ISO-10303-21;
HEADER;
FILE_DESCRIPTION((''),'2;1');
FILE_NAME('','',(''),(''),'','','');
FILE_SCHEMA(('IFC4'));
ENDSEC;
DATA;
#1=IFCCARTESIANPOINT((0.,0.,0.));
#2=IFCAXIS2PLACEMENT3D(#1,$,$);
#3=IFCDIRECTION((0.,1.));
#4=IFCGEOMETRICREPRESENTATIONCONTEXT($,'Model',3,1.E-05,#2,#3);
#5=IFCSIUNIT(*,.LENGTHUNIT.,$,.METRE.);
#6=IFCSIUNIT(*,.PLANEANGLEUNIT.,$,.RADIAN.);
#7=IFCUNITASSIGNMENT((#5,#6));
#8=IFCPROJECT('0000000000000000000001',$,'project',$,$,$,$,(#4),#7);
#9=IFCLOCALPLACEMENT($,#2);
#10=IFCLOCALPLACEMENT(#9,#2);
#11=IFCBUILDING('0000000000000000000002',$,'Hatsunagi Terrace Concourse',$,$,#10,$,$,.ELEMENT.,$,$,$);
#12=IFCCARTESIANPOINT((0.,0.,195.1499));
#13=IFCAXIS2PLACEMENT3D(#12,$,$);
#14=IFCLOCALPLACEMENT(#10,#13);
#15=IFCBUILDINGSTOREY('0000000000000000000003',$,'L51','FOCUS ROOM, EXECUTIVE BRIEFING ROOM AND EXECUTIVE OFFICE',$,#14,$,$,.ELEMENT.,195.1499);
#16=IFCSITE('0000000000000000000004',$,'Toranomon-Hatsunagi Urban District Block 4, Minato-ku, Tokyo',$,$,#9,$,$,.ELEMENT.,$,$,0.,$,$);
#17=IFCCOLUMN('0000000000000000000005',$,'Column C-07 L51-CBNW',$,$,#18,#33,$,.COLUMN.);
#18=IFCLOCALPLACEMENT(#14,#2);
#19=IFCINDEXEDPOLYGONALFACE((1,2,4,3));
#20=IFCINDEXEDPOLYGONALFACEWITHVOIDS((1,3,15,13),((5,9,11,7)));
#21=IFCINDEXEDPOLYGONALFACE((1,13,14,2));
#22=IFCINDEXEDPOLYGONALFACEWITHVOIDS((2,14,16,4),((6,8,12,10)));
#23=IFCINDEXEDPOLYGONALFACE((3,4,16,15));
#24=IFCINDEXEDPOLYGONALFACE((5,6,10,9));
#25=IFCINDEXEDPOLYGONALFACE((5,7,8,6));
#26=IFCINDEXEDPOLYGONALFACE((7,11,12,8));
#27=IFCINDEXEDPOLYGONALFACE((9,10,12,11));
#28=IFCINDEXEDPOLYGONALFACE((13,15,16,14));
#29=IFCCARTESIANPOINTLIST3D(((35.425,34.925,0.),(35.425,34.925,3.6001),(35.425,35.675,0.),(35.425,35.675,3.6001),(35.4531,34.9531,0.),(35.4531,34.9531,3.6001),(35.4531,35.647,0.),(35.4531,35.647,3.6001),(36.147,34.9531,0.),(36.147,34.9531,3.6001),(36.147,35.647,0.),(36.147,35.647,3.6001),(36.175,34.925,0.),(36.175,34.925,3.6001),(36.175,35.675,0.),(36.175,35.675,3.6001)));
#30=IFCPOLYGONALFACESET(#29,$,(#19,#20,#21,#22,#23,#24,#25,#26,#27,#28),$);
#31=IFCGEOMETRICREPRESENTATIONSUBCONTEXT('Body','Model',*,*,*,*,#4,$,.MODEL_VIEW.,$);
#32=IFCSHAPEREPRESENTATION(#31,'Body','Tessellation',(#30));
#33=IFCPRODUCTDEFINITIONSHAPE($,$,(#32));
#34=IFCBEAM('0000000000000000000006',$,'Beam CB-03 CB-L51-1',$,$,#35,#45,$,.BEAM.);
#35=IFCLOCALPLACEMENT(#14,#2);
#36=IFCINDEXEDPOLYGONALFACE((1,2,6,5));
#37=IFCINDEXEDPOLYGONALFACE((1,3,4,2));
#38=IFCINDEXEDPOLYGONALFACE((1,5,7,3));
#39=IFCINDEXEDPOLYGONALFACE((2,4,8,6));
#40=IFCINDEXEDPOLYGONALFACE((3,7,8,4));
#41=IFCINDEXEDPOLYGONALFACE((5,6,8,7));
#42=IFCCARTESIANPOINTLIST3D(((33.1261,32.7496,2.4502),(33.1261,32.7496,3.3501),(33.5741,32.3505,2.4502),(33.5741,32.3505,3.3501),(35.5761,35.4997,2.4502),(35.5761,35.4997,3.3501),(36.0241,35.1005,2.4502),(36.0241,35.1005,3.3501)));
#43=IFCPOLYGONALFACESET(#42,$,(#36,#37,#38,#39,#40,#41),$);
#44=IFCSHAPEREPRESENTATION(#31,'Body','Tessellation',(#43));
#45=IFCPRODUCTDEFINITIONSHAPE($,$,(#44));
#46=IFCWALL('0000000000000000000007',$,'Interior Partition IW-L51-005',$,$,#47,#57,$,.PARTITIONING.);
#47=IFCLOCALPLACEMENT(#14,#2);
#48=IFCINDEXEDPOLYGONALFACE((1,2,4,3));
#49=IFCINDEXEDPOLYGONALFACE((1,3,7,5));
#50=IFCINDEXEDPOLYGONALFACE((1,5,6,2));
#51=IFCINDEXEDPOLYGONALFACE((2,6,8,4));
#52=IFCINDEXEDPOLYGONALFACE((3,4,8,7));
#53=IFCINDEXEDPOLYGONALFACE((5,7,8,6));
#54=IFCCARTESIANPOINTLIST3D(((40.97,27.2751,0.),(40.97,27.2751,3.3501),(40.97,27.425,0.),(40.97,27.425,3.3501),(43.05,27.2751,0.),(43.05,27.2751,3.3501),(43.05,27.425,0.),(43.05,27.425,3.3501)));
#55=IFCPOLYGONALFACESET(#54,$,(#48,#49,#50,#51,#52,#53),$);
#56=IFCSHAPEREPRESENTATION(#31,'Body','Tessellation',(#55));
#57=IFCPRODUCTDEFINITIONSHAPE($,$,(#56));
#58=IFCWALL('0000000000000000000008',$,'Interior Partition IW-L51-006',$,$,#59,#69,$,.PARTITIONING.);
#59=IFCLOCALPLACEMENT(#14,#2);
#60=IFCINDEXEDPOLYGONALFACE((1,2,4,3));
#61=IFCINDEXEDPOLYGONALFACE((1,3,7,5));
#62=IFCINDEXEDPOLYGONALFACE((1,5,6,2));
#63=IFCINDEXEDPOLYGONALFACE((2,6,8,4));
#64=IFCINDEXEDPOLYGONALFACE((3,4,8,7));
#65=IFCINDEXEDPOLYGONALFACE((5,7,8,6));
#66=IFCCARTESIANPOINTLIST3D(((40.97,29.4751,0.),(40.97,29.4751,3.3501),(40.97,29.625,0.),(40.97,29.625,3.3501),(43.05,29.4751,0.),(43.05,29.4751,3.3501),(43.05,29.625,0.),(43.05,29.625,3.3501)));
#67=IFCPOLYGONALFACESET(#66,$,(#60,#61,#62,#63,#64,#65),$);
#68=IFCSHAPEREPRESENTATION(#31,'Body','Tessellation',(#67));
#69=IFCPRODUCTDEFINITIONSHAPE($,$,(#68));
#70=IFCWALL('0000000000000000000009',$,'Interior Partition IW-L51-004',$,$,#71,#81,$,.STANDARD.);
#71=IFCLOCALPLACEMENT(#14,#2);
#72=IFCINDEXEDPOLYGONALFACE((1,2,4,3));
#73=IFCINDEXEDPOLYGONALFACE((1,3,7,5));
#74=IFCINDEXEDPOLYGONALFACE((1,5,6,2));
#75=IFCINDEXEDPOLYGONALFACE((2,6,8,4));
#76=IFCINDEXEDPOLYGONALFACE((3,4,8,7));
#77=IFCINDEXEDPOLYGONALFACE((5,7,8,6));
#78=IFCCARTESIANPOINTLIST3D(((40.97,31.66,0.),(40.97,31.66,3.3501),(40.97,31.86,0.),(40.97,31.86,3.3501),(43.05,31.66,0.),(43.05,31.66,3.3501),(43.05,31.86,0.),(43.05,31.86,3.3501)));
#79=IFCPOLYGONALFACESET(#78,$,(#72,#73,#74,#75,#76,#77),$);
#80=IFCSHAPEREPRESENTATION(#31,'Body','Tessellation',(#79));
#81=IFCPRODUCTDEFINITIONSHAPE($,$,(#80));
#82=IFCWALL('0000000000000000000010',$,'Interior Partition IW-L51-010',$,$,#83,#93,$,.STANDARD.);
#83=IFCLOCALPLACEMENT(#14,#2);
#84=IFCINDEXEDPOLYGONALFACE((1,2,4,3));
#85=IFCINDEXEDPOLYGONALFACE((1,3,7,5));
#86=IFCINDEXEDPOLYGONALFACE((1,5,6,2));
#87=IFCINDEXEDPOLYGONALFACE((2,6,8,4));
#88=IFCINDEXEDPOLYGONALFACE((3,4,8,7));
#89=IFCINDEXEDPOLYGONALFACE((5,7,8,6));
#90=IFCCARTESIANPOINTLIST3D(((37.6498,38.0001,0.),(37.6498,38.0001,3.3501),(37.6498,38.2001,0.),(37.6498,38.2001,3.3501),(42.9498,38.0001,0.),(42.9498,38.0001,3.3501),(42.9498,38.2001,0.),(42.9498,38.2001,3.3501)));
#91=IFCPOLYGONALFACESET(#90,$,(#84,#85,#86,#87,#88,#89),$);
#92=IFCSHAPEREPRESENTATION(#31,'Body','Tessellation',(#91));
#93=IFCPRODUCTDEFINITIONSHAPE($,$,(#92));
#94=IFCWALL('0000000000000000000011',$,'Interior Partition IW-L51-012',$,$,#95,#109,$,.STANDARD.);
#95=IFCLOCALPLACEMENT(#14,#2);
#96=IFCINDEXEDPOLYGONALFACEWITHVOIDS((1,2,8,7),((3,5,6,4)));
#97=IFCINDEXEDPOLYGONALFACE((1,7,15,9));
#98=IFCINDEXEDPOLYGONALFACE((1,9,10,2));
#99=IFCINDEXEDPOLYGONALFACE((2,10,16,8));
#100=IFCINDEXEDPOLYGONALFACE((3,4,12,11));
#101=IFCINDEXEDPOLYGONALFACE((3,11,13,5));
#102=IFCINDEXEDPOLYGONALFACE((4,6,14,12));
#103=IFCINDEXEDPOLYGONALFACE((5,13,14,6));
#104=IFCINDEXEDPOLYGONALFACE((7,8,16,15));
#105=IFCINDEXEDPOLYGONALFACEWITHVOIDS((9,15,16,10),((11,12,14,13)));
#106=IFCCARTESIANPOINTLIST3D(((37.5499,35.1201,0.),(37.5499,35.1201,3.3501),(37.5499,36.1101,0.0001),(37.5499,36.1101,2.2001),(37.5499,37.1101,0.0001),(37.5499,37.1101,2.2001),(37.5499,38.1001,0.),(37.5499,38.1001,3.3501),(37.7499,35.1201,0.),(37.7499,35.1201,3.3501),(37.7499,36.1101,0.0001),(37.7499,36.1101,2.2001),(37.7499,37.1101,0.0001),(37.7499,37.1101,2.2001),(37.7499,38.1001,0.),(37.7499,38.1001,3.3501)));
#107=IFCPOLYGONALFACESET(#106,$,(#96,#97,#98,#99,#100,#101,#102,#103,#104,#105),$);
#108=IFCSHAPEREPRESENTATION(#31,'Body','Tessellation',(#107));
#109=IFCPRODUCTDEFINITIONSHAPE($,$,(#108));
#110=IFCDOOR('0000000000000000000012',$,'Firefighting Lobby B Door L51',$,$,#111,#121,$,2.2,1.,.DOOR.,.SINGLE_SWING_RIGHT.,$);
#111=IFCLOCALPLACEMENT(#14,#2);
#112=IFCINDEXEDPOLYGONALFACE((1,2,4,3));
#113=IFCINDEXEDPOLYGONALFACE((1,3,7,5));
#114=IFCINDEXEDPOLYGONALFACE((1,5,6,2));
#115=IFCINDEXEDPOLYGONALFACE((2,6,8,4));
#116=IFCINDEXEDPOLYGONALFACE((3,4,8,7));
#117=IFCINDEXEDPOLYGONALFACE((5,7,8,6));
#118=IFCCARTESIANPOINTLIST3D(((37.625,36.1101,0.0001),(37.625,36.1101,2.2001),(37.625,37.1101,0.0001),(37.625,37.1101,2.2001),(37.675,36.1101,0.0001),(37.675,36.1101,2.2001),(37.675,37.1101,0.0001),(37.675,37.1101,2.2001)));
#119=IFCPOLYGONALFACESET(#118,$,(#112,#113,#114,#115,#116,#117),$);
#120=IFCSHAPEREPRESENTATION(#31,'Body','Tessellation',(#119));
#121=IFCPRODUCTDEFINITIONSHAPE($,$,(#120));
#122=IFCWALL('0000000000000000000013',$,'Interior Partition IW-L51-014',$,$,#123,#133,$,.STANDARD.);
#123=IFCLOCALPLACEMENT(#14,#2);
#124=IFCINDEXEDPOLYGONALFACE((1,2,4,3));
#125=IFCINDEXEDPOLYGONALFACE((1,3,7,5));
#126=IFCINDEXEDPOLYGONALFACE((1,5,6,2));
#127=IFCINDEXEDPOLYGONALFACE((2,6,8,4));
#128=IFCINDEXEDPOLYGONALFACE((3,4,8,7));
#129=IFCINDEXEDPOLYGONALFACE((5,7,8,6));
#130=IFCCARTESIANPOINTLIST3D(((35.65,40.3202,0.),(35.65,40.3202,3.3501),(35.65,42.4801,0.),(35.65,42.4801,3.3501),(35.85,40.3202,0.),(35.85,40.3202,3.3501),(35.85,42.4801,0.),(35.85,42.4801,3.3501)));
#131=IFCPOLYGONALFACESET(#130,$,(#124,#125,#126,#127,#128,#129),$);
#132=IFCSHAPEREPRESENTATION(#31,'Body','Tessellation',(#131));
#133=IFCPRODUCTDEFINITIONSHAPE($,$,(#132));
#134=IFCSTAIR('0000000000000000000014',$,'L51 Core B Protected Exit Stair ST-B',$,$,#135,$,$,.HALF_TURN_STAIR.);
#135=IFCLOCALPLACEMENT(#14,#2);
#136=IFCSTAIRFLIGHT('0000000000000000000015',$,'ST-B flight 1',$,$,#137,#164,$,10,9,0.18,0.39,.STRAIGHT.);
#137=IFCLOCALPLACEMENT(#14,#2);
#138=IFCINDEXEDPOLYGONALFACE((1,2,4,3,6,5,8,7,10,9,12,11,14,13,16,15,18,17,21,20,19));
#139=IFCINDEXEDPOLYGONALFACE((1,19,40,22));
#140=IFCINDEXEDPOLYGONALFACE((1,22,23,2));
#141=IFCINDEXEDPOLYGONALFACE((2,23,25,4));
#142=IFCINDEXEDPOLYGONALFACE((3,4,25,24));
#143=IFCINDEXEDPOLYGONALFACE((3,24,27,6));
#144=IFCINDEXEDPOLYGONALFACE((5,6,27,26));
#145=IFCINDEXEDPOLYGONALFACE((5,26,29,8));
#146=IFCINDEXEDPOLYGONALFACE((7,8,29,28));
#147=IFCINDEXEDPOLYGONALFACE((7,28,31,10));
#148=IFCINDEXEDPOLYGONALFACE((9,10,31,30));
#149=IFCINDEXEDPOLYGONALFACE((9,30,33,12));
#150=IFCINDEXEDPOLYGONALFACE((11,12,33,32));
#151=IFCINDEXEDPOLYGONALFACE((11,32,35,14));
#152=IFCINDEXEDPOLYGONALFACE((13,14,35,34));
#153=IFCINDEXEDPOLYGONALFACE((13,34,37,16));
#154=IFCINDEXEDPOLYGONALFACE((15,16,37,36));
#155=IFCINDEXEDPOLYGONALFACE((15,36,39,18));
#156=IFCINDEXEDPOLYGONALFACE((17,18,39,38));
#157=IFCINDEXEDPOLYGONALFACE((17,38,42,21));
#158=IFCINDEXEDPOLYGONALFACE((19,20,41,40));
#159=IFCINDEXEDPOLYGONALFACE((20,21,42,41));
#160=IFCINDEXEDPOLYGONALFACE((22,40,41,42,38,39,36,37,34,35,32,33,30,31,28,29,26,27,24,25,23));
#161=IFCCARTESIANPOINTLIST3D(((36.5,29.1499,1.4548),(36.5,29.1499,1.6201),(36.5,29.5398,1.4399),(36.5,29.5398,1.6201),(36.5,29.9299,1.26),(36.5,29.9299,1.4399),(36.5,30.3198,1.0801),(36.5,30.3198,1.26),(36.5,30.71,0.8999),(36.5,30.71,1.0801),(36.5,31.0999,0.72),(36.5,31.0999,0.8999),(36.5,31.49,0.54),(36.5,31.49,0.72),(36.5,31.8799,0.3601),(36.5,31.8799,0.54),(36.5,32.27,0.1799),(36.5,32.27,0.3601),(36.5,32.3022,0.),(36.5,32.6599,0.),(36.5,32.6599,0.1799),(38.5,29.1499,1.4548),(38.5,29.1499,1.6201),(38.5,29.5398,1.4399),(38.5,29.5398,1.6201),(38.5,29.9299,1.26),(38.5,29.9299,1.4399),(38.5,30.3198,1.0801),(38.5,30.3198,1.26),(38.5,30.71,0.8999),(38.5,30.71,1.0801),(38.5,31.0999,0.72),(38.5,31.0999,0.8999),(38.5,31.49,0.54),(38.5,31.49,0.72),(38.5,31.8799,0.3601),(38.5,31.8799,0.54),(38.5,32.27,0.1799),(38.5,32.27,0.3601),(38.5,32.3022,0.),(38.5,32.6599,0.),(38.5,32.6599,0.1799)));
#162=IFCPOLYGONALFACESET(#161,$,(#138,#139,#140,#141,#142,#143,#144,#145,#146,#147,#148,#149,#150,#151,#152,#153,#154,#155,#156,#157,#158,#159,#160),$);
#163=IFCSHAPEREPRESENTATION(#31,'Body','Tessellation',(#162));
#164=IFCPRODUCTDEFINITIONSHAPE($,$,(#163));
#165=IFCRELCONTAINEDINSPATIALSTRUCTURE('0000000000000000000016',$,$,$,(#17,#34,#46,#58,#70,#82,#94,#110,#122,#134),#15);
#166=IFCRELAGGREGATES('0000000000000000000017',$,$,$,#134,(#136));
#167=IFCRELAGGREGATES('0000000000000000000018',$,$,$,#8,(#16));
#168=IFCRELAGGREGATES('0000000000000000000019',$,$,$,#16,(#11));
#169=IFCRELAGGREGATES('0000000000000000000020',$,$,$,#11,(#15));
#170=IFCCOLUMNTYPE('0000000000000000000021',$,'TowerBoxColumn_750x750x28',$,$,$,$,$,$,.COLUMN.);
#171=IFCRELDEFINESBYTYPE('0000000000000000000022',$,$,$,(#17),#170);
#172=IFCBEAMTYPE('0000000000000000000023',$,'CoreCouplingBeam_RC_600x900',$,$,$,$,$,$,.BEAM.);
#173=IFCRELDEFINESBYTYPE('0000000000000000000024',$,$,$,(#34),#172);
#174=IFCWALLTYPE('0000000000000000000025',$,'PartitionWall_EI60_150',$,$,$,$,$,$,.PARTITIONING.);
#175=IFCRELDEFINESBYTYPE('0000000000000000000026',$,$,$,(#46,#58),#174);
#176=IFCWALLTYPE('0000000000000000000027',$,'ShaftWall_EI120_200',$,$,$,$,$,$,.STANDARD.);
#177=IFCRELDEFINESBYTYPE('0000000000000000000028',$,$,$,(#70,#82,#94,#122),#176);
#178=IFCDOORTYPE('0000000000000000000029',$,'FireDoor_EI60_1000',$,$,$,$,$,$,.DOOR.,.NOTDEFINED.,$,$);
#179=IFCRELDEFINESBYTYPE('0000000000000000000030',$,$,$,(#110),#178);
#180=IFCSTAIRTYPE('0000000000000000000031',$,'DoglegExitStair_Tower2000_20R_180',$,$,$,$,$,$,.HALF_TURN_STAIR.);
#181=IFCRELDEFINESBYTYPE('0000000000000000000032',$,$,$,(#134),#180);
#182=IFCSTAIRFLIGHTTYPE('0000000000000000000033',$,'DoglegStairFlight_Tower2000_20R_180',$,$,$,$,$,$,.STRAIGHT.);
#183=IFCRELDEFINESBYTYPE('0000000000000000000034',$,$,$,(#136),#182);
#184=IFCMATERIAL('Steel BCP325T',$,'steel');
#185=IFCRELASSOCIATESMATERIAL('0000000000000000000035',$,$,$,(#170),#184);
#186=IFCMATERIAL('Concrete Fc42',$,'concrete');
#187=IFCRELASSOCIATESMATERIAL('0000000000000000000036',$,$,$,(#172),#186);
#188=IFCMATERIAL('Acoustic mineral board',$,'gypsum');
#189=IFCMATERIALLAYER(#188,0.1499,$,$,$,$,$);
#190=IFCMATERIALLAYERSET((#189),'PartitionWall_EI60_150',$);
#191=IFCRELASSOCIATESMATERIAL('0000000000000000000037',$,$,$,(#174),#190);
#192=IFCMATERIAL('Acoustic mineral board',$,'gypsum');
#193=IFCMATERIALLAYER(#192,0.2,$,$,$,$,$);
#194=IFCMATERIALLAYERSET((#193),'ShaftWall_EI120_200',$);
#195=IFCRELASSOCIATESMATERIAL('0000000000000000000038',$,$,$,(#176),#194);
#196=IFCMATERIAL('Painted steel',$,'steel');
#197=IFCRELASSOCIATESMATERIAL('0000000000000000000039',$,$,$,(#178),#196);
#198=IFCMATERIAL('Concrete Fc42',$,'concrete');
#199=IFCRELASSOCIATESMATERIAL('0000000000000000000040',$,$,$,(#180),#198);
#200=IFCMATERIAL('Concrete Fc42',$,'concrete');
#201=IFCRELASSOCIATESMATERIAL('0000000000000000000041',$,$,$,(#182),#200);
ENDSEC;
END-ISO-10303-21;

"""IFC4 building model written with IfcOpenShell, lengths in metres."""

from ifc_helpers import new_model, si_unit, direction, frame, frame_2d, origin, origin_2d, place, context, subcontext, project, spatial, polyline, rectangle, hollow_rectangle, outline, extrude, material, layer, layer_set, material_profile, profile_set, type_object, element, fill, aggregate, save


model = new_model("IFC4")

# Units and contexts
model_context = context("Model", 3, precision=1e-05, world=origin(), true_north=direction((0.0, 1.0)))
body_context = subcontext(model_context, "Body", "Model", "MODEL_VIEW")
ifc_project = project(units=[si_unit("LENGTHUNIT", "METRE"), si_unit("PLANEANGLEUNIT", "RADIAN")], contexts=[model_context])

# Site, building, storey
site_placement = place(None, origin())
site = spatial("IfcSite", under=ifc_project, at=site_placement, Name="Toranomon-Hatsunagi Urban District Block 4, Minato-ku, Tokyo", CompositionType="ELEMENT", RefElevation=0.0)
building_placement = place(site_placement, origin())
building = spatial("IfcBuilding", under=site, at=building_placement, Name="Hatsunagi Terrace Concourse", CompositionType="ELEMENT")
storey_placement = place(building_placement, frame((0.0, 0.0, 195.1499)))
storey = spatial("IfcBuildingStorey", under=building, at=storey_placement, Name="L51", Description="FOCUS ROOM, EXECUTIVE BRIEFING ROOM AND EXECUTIVE OFFICE", CompositionType="ELEMENT", Elevation=195.1499)

# Column
ifc_material_1 = material(Name="Steel BCP325T", Category="steel")
ifc_material_profile_1 = material_profile(ifc_material_1, hollow_rectangle(XDim=0.75, YDim=0.75, WallThickness=0.0281, at=origin_2d()), Name="BCP-750x750x28")
ifc_profile_set_1 = profile_set([ifc_material_profile_1], Name="Steel BCP325T")
column_type = type_object("IfcColumnType", Name="TowerBoxColumn_750x750x28", PredefinedType="COLUMN", material=ifc_profile_set_1)
column_placement = place(storey_placement, frame((35.8, 35.3, 0.0), z_axis=(0.0, 0.0, 1.0), x_axis=(1.0, 0.0, 0.0)))
element("IfcColumn", 1, at=column_placement, inside=storey, type_object=column_type, Name="Column C-07 L51-CBNW", PredefinedType="COLUMN", context=body_context, shape_type="SweptSolid", body=[
    extrude(hollow_rectangle(XDim=0.75, YDim=0.75, WallThickness=0.0281, at=origin_2d()), origin(), (0.0, 0.0, 1.0), 3.6001),
])

# Beam
ifc_material_2 = material(Name="Concrete Fc42", Category="concrete")
ifc_material_profile_2 = material_profile(ifc_material_2, rectangle(XDim=0.6001, YDim=0.8999, at=origin_2d()), Name="RC-600x900")
ifc_profile_set_2 = profile_set([ifc_material_profile_2], Name="Concrete Fc42")
beam_type = type_object("IfcBeamType", Name="CoreCouplingBeam_RC_600x900", PredefinedType="BEAM", material=ifc_profile_set_2)
beam_placement = place(storey_placement, frame((33.3501, 32.55, 2.9001), z_axis=(0.665199, 0.746666, 0.0), x_axis=(-0.746666, 0.665199, 0.0)))
element("IfcBeam", 2, at=beam_placement, inside=storey, type_object=beam_type, Name="Beam CB-03 CB-L51-1", PredefinedType="BEAM", context=body_context, shape_type="SweptSolid", body=[
    extrude(rectangle(XDim=0.6001, YDim=0.8999, at=origin_2d()), origin(), (0.0, 0.0, 1.0), 3.6831),
])

# Walls
ifc_material_3 = material(Name="Acoustic mineral board", Category="gypsum")
ifc_layer_1 = layer(ifc_material_3, 0.1499)
ifc_layer_set_1 = layer_set([ifc_layer_1], Name="PartitionWall_EI60_150")
wall_type_1 = type_object("IfcWallType", Name="PartitionWall_EI60_150", PredefinedType="PARTITIONING", material=ifc_layer_set_1)
for number, where, z_axis, x_axis, name in (
    (3, (40.97, 27.3501, 0.0), (0.0, 0.0, 1.0), (1.0, 0.0, 0.0), "Interior Partition IW-L51-005"),
    (4, (40.97, 29.55, 0.0), (0.0, 0.0, 1.0), (1.0, 0.0, 0.0), "Interior Partition IW-L51-006"),
):
    element("IfcWall", number, at=place(storey_placement, frame(where, z_axis=z_axis, x_axis=x_axis)), inside=storey, type_object=wall_type_1, Name=name, PredefinedType="PARTITIONING", context=body_context, shape_type="SweptSolid", body=[
        extrude(rectangle(XDim=2.0801, YDim=0.1499, at=frame_2d((1.04, 0.0))), origin(), (0.0, 0.0, 1.0), 3.3501),
    ])
ifc_material_4 = material(Name="Acoustic mineral board", Category="gypsum")
ifc_layer_2 = layer(ifc_material_4, 0.2)
ifc_layer_set_2 = layer_set([ifc_layer_2], Name="ShaftWall_EI120_200")
wall_type_2 = type_object("IfcWallType", Name="ShaftWall_EI120_200", PredefinedType="STANDARD", material=ifc_layer_set_2)
wall_1_placement = place(storey_placement, frame((40.97, 31.76, 0.0), z_axis=(0.0, 0.0, 1.0), x_axis=(1.0, 0.0, 0.0)))
element("IfcWall", 5, at=wall_1_placement, inside=storey, type_object=wall_type_2, Name="Interior Partition IW-L51-004", PredefinedType="STANDARD", context=body_context, shape_type="SweptSolid", body=[
    extrude(rectangle(XDim=2.0801, YDim=0.2, at=frame_2d((1.04, 0.0))), origin(), (0.0, 0.0, 1.0), 3.3501),
])
wall_2_placement = place(storey_placement, frame((37.6499, 38.1001, 0.0), z_axis=(0.0, 0.0, 1.0), x_axis=(1.0, 0.0, 0.0)))
element("IfcWall", 6, at=wall_2_placement, inside=storey, type_object=wall_type_2, Name="Interior Partition IW-L51-010", PredefinedType="STANDARD", context=body_context, shape_type="SweptSolid", body=[
    extrude(rectangle(XDim=5.3, YDim=0.2, at=frame_2d((2.6499, 0.0))), origin(), (0.0, 0.0, 1.0), 3.3501),
])

# Wall, opening, door
wall_3_placement = place(storey_placement, frame((37.6499, 35.1201, 0.0), z_axis=(0.0, 0.0, 1.0), x_axis=(0.0, 1.0, 0.0)))
wall_3 = element("IfcWall", 7, at=wall_3_placement, inside=storey, type_object=wall_type_2, Name="Interior Partition IW-L51-012", PredefinedType="STANDARD", context=body_context, shape_type="SweptSolid", body=[
    extrude(rectangle(XDim=2.98, YDim=0.2, at=frame_2d((1.49, 0.0))), origin(), (0.0, 0.0, 1.0), 3.3501),
])
opening_1_placement = place(wall_3_placement, frame((0.99, 0.0, 0.0)))
opening_1 = element("IfcOpeningElement", 8, at=opening_1_placement, cuts=wall_3, PredefinedType="OPENING", context=body_context, shape_type="SweptSolid", body=[
    extrude(rectangle(XDim=1.0, YDim=2.2, at=frame_2d((0.5, 1.1001))), frame((0.0, 0.1099, 0.0), z_axis=(0.0, -1.0, 0.0), x_axis=(1.0, 0.0, 0.0)), (0.0, 0.0, 1.0), 0.22),
])
ifc_material_5 = material(Name="Painted steel", Category="steel")
door_type_1 = type_object("IfcDoorType", Name="FireDoor_EI60_1000", OperationType="NOTDEFINED", PredefinedType="DOOR", material=ifc_material_5)
door_1_placement = place(opening_1_placement, origin())
door_1 = element("IfcDoor", 9, at=door_1_placement, inside=storey, type_object=door_type_1, Name="Firefighting Lobby B Door L51", OperationType="SINGLE_SWING_RIGHT", OverallHeight=2.2, OverallWidth=1.0, PredefinedType="DOOR", context=body_context, shape_type="SweptSolid", body=[
    extrude(rectangle(XDim=1.0, YDim=2.2, at=frame_2d((0.5, 1.1001))), frame((0.0, 0.0249, 0.0), z_axis=(0.0, -1.0, 0.0), x_axis=(1.0, 0.0, 0.0)), (0.0, 0.0, 1.0), 0.05),
])
fill(opening_1, door_1)

# Wall
wall_4_placement = place(storey_placement, frame((35.75, 40.3201, 0.0), z_axis=(0.0, 0.0, 1.0), x_axis=(0.0, 1.0, 0.0)))
element("IfcWall", 10, at=wall_4_placement, inside=storey, type_object=wall_type_2, Name="Interior Partition IW-L51-014", PredefinedType="STANDARD", context=body_context, shape_type="SweptSolid", body=[
    extrude(rectangle(XDim=2.1599, YDim=0.2, at=frame_2d((1.0801, 0.0))), origin(), (0.0, 0.0, 1.0), 3.3501),
])

# Stair, stair flight
ifc_material_6 = material(Name="Concrete Fc42", Category="concrete")
stair_type = type_object("IfcStairType", Name="DoglegExitStair_Tower2000_20R_180", PredefinedType="HALF_TURN_STAIR", material=ifc_material_6)
stair_placement = place(storey_placement, origin())
stair = element("IfcStair", 11, at=stair_placement, inside=storey, type_object=stair_type, Name="L51 Core B Protected Exit Stair ST-B", PredefinedType="HALF_TURN_STAIR")
ifc_material_7 = material(Name="Concrete Fc42", Category="concrete")
stair_flight_type = type_object("IfcStairFlightType", Name="DoglegStairFlight_Tower2000_20R_180", PredefinedType="STRAIGHT", material=ifc_material_7)
stair_flight_1_placement = place(storey_placement, frame((37.5, 32.6599, 0.0), z_axis=(0.0, 0.0, 1.0), x_axis=(0.0, -1.0, 0.0)))
stair_flight_1 = element("IfcStairFlight", 12, at=stair_flight_1_placement, type_object=stair_flight_type, Name="ST-B flight 1", NumberOfRisers=10, NumberOfTreads=9, PredefinedType="STRAIGHT", RiserHeight=0.18, TreadLength=0.39, context=body_context, shape_type="SweptSolid", body=[
    extrude(outline(polyline([(0.0, 0.0), (0.0, 0.1799), (0.3899, 0.1799), (0.3899, 0.3601), (0.78, 0.3601), (0.78, 0.54), (1.1699, 0.54), (1.1699, 0.72), (1.5601, 0.72), (1.5601, 0.8999), (1.95, 0.8999), (1.95, 1.0801), (2.3401, 1.0801), (2.3401, 1.26), (2.73, 1.26), (2.73, 1.4399), (3.1201, 1.4399), (3.1201, 1.6201), (3.51, 1.6201), (3.51, 1.8), (3.51, 1.4548), (0.3577, 0.0), (0.0, 0.0)])), frame((0.0, 1.0, 0.0), z_axis=(0.0, -1.0, 0.0), x_axis=(1.0, 0.0, 0.0)), (0.0, 0.0, 1.0), 2.0),
])
aggregate(stair, [stair_flight_1])

save(model, "model.ifc")
